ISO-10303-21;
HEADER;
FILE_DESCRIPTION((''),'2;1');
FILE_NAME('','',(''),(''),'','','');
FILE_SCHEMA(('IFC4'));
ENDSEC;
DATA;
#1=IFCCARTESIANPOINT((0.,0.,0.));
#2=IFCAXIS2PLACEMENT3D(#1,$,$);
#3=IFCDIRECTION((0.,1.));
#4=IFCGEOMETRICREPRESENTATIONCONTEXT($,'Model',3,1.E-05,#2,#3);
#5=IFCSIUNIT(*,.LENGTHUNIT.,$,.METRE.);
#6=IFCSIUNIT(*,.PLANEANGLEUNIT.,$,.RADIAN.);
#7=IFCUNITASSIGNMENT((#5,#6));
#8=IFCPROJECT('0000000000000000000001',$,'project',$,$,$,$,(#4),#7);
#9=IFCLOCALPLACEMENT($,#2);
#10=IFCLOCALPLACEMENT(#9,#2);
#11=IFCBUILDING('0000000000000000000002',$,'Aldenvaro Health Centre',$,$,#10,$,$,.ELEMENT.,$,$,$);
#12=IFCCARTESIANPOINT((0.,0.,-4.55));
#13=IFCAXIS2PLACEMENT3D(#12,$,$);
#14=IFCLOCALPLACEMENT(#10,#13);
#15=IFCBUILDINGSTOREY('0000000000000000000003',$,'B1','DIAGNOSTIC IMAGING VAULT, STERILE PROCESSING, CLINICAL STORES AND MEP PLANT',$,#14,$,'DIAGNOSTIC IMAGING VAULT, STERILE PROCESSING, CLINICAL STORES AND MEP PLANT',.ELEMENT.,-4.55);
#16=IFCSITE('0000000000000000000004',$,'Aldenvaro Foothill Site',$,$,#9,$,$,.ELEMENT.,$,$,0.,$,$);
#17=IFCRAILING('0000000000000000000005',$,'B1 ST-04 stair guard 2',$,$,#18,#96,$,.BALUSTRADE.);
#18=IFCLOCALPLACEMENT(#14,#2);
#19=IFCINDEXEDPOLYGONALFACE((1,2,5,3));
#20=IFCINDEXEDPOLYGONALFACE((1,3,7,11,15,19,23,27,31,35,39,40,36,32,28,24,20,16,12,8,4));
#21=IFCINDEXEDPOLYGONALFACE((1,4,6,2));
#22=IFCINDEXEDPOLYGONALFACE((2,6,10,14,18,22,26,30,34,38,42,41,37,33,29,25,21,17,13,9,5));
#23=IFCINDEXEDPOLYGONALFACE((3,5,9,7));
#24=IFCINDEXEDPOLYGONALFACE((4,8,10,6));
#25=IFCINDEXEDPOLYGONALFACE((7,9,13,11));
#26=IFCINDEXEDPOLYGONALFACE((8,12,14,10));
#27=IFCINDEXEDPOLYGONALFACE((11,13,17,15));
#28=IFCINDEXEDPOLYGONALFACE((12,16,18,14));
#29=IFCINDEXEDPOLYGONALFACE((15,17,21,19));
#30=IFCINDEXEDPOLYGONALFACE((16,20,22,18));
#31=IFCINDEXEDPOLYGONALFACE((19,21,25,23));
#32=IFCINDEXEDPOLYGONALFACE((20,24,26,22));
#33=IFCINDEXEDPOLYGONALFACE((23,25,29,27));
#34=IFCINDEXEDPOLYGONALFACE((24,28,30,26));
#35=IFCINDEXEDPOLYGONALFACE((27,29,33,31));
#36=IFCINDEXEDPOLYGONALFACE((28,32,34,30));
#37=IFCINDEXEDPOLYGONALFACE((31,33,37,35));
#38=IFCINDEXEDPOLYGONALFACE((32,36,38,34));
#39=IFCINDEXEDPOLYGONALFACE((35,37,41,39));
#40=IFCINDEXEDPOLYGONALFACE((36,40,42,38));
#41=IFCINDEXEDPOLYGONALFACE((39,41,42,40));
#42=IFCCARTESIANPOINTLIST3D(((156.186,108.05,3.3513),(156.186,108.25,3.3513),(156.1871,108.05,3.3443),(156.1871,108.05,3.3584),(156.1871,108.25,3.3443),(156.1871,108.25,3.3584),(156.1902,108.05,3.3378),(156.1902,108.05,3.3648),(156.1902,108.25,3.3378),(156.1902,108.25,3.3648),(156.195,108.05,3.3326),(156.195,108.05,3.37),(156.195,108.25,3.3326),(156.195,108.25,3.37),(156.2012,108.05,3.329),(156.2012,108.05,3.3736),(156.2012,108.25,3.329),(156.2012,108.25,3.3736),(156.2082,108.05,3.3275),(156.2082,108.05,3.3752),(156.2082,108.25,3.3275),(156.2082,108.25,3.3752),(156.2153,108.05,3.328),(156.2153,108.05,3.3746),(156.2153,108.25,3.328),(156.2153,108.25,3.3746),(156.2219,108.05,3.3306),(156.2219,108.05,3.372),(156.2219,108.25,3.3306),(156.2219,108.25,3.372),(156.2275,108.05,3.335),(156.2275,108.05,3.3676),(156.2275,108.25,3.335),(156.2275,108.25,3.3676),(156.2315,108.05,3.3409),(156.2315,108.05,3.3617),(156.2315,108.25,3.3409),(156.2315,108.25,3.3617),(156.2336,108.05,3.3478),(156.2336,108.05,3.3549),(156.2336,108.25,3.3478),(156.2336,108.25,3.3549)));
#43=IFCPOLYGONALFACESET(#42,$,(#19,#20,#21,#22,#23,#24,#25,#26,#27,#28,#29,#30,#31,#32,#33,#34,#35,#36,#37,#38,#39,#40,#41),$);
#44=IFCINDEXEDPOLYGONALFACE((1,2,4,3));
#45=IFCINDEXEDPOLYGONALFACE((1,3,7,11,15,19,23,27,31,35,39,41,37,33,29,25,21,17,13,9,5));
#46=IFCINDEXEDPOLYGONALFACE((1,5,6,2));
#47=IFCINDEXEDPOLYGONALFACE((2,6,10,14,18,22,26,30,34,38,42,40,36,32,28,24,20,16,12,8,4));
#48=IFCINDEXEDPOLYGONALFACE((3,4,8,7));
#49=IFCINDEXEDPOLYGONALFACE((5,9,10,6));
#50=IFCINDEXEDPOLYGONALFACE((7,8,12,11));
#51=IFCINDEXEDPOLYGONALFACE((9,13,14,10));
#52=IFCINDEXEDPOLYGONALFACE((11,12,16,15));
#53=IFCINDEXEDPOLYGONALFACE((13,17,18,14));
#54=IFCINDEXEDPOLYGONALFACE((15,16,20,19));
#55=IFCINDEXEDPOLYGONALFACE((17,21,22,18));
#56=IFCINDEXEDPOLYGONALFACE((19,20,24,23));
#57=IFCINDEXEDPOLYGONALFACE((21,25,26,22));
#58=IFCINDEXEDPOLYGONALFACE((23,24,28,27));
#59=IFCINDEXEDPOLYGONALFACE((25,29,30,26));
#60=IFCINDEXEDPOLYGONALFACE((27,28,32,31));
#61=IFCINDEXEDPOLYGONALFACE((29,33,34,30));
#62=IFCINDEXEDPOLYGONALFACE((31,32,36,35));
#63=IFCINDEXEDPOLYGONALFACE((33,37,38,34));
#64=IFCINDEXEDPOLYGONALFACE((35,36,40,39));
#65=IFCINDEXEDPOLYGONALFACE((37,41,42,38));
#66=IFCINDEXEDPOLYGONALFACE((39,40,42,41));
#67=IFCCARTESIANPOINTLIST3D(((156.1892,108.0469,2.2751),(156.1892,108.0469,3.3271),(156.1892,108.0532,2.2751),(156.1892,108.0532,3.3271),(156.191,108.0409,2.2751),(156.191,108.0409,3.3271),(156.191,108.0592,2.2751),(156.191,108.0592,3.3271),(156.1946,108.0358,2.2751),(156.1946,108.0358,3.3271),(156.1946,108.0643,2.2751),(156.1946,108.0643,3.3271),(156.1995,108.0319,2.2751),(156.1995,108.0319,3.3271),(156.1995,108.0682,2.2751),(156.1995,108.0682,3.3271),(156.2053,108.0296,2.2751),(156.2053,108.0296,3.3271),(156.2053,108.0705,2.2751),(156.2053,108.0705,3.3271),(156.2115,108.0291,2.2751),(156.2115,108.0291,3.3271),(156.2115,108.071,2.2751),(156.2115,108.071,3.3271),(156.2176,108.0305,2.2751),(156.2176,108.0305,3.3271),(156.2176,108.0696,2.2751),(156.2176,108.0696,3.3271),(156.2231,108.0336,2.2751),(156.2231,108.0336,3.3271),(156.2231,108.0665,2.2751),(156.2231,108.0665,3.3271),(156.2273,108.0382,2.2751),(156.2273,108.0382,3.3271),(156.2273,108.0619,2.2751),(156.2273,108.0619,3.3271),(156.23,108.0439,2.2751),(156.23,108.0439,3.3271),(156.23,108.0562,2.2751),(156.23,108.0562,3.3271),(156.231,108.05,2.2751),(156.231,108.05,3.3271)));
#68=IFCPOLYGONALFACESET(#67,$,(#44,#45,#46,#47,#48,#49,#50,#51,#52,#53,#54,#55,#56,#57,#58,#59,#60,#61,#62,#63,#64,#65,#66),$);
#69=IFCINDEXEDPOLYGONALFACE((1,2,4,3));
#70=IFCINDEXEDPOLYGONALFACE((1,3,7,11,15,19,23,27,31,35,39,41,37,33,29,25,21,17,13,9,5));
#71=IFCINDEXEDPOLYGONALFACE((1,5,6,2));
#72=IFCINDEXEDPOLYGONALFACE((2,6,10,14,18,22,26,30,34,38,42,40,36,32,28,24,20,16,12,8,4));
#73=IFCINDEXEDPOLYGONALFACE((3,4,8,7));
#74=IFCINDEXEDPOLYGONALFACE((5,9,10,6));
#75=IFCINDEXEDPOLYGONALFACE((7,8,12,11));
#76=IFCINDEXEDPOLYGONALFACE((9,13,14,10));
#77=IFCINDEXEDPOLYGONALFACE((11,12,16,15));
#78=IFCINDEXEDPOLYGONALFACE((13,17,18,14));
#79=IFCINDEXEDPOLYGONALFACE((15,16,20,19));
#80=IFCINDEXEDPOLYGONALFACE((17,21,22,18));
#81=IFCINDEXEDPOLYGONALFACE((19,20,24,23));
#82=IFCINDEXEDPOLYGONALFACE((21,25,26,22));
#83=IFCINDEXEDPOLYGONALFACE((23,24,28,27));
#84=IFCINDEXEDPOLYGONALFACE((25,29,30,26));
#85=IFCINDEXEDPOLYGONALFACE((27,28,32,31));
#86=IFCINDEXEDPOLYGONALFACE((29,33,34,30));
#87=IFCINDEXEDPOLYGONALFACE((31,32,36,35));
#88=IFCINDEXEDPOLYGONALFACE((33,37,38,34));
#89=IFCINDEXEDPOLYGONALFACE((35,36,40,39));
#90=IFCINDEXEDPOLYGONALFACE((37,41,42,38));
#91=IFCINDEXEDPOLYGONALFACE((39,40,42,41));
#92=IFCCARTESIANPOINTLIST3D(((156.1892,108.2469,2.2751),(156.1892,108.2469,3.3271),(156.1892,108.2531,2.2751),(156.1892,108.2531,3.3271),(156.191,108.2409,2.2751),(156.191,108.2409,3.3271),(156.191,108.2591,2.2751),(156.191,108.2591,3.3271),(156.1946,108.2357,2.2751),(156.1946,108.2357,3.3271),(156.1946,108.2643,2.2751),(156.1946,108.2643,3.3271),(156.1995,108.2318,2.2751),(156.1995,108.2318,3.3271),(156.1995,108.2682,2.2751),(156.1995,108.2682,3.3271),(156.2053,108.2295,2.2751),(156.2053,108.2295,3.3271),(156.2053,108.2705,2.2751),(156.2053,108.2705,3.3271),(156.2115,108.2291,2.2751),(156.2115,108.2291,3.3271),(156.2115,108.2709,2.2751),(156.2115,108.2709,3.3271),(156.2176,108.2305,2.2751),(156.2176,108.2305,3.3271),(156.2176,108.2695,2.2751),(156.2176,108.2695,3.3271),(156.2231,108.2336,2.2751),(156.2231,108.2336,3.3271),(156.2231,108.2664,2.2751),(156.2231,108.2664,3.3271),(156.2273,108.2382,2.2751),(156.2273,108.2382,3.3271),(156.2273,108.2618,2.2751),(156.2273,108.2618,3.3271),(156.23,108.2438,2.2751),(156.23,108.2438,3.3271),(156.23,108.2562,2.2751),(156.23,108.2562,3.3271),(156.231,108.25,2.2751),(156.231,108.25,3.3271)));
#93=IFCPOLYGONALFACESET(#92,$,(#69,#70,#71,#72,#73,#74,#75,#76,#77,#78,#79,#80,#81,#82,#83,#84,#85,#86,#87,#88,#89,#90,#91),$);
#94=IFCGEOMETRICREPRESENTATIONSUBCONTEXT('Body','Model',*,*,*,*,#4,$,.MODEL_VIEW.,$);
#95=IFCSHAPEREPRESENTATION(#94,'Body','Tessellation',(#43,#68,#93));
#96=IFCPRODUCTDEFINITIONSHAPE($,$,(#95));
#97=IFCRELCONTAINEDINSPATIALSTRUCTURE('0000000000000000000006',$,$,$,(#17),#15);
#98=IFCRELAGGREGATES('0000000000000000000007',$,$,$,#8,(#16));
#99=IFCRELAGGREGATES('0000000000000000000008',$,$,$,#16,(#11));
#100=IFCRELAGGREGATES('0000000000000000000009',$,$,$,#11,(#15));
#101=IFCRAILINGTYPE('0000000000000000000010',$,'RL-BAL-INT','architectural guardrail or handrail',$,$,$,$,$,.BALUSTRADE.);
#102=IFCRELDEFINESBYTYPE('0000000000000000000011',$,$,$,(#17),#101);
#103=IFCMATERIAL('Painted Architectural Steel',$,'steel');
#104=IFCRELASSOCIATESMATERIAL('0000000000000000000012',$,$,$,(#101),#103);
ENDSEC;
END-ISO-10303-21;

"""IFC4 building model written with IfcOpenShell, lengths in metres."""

from ifc_helpers import new_model, si_unit, direction, frame, origin, origin_2d, place, context, subcontext, project, spatial, circle, extrude, material, type_object, element, save


model = new_model("IFC4")

# Units and contexts
model_context = context("Model", 3, precision=1e-05, world=origin(), true_north=direction((0.0, 1.0)))
body_context = subcontext(model_context, "Body", "Model", "MODEL_VIEW")
ifc_project = project(units=[si_unit("LENGTHUNIT", "METRE"), si_unit("PLANEANGLEUNIT", "RADIAN")], contexts=[model_context])

# Site, building, storey
site_placement = place(None, origin())
site = spatial("IfcSite", under=ifc_project, at=site_placement, Name="Aldenvaro Foothill Site", CompositionType="ELEMENT", RefElevation=0.0)
building_placement = place(site_placement, origin())
building = spatial("IfcBuilding", under=site, at=building_placement, Name="Aldenvaro Health Centre", CompositionType="ELEMENT")
storey_placement = place(building_placement, frame((0.0, 0.0, -4.55)))
storey = spatial("IfcBuildingStorey", under=building, at=storey_placement, Name="B1", Description="DIAGNOSTIC IMAGING VAULT, STERILE PROCESSING, CLINICAL STORES AND MEP PLANT", LongName="DIAGNOSTIC IMAGING VAULT, STERILE PROCESSING, CLINICAL STORES AND MEP PLANT", CompositionType="ELEMENT", Elevation=-4.55)

# Railing
ifc_material_1 = material(Name="Painted Architectural Steel", Category="steel")
railing_type_1 = type_object("IfcRailingType", Name="RL-BAL-INT", Description="architectural guardrail or handrail", PredefinedType="BALUSTRADE", material=ifc_material_1)
railing_1_placement = place(storey_placement, frame((156.21, 108.05, 2.2751)))
element("IfcRailing", 1, at=railing_1_placement, inside=storey, type_object=railing_type_1, Name="B1 ST-04 stair guard 2", PredefinedType="BALUSTRADE", context=body_context, shape_type="SweptSolid", body=[
    extrude(circle(Radius=0.0239, at=origin_2d()), frame((0.0, 0.0, 1.0762), z_axis=(0.0, 1.0, 0.0), x_axis=(-1.0, 0.0, 0.0)), (0.0, 0.0, 1.0), 0.2),
    extrude(circle(Radius=0.021, at=origin_2d()), origin(), (0.0, 0.0, 1.0), 1.052),
    extrude(circle(Radius=0.021, at=origin_2d()), frame((0.0, 0.2, 0.0)), (0.0, 0.0, 1.0), 1.052),
])

save(model, "model.ifc")
